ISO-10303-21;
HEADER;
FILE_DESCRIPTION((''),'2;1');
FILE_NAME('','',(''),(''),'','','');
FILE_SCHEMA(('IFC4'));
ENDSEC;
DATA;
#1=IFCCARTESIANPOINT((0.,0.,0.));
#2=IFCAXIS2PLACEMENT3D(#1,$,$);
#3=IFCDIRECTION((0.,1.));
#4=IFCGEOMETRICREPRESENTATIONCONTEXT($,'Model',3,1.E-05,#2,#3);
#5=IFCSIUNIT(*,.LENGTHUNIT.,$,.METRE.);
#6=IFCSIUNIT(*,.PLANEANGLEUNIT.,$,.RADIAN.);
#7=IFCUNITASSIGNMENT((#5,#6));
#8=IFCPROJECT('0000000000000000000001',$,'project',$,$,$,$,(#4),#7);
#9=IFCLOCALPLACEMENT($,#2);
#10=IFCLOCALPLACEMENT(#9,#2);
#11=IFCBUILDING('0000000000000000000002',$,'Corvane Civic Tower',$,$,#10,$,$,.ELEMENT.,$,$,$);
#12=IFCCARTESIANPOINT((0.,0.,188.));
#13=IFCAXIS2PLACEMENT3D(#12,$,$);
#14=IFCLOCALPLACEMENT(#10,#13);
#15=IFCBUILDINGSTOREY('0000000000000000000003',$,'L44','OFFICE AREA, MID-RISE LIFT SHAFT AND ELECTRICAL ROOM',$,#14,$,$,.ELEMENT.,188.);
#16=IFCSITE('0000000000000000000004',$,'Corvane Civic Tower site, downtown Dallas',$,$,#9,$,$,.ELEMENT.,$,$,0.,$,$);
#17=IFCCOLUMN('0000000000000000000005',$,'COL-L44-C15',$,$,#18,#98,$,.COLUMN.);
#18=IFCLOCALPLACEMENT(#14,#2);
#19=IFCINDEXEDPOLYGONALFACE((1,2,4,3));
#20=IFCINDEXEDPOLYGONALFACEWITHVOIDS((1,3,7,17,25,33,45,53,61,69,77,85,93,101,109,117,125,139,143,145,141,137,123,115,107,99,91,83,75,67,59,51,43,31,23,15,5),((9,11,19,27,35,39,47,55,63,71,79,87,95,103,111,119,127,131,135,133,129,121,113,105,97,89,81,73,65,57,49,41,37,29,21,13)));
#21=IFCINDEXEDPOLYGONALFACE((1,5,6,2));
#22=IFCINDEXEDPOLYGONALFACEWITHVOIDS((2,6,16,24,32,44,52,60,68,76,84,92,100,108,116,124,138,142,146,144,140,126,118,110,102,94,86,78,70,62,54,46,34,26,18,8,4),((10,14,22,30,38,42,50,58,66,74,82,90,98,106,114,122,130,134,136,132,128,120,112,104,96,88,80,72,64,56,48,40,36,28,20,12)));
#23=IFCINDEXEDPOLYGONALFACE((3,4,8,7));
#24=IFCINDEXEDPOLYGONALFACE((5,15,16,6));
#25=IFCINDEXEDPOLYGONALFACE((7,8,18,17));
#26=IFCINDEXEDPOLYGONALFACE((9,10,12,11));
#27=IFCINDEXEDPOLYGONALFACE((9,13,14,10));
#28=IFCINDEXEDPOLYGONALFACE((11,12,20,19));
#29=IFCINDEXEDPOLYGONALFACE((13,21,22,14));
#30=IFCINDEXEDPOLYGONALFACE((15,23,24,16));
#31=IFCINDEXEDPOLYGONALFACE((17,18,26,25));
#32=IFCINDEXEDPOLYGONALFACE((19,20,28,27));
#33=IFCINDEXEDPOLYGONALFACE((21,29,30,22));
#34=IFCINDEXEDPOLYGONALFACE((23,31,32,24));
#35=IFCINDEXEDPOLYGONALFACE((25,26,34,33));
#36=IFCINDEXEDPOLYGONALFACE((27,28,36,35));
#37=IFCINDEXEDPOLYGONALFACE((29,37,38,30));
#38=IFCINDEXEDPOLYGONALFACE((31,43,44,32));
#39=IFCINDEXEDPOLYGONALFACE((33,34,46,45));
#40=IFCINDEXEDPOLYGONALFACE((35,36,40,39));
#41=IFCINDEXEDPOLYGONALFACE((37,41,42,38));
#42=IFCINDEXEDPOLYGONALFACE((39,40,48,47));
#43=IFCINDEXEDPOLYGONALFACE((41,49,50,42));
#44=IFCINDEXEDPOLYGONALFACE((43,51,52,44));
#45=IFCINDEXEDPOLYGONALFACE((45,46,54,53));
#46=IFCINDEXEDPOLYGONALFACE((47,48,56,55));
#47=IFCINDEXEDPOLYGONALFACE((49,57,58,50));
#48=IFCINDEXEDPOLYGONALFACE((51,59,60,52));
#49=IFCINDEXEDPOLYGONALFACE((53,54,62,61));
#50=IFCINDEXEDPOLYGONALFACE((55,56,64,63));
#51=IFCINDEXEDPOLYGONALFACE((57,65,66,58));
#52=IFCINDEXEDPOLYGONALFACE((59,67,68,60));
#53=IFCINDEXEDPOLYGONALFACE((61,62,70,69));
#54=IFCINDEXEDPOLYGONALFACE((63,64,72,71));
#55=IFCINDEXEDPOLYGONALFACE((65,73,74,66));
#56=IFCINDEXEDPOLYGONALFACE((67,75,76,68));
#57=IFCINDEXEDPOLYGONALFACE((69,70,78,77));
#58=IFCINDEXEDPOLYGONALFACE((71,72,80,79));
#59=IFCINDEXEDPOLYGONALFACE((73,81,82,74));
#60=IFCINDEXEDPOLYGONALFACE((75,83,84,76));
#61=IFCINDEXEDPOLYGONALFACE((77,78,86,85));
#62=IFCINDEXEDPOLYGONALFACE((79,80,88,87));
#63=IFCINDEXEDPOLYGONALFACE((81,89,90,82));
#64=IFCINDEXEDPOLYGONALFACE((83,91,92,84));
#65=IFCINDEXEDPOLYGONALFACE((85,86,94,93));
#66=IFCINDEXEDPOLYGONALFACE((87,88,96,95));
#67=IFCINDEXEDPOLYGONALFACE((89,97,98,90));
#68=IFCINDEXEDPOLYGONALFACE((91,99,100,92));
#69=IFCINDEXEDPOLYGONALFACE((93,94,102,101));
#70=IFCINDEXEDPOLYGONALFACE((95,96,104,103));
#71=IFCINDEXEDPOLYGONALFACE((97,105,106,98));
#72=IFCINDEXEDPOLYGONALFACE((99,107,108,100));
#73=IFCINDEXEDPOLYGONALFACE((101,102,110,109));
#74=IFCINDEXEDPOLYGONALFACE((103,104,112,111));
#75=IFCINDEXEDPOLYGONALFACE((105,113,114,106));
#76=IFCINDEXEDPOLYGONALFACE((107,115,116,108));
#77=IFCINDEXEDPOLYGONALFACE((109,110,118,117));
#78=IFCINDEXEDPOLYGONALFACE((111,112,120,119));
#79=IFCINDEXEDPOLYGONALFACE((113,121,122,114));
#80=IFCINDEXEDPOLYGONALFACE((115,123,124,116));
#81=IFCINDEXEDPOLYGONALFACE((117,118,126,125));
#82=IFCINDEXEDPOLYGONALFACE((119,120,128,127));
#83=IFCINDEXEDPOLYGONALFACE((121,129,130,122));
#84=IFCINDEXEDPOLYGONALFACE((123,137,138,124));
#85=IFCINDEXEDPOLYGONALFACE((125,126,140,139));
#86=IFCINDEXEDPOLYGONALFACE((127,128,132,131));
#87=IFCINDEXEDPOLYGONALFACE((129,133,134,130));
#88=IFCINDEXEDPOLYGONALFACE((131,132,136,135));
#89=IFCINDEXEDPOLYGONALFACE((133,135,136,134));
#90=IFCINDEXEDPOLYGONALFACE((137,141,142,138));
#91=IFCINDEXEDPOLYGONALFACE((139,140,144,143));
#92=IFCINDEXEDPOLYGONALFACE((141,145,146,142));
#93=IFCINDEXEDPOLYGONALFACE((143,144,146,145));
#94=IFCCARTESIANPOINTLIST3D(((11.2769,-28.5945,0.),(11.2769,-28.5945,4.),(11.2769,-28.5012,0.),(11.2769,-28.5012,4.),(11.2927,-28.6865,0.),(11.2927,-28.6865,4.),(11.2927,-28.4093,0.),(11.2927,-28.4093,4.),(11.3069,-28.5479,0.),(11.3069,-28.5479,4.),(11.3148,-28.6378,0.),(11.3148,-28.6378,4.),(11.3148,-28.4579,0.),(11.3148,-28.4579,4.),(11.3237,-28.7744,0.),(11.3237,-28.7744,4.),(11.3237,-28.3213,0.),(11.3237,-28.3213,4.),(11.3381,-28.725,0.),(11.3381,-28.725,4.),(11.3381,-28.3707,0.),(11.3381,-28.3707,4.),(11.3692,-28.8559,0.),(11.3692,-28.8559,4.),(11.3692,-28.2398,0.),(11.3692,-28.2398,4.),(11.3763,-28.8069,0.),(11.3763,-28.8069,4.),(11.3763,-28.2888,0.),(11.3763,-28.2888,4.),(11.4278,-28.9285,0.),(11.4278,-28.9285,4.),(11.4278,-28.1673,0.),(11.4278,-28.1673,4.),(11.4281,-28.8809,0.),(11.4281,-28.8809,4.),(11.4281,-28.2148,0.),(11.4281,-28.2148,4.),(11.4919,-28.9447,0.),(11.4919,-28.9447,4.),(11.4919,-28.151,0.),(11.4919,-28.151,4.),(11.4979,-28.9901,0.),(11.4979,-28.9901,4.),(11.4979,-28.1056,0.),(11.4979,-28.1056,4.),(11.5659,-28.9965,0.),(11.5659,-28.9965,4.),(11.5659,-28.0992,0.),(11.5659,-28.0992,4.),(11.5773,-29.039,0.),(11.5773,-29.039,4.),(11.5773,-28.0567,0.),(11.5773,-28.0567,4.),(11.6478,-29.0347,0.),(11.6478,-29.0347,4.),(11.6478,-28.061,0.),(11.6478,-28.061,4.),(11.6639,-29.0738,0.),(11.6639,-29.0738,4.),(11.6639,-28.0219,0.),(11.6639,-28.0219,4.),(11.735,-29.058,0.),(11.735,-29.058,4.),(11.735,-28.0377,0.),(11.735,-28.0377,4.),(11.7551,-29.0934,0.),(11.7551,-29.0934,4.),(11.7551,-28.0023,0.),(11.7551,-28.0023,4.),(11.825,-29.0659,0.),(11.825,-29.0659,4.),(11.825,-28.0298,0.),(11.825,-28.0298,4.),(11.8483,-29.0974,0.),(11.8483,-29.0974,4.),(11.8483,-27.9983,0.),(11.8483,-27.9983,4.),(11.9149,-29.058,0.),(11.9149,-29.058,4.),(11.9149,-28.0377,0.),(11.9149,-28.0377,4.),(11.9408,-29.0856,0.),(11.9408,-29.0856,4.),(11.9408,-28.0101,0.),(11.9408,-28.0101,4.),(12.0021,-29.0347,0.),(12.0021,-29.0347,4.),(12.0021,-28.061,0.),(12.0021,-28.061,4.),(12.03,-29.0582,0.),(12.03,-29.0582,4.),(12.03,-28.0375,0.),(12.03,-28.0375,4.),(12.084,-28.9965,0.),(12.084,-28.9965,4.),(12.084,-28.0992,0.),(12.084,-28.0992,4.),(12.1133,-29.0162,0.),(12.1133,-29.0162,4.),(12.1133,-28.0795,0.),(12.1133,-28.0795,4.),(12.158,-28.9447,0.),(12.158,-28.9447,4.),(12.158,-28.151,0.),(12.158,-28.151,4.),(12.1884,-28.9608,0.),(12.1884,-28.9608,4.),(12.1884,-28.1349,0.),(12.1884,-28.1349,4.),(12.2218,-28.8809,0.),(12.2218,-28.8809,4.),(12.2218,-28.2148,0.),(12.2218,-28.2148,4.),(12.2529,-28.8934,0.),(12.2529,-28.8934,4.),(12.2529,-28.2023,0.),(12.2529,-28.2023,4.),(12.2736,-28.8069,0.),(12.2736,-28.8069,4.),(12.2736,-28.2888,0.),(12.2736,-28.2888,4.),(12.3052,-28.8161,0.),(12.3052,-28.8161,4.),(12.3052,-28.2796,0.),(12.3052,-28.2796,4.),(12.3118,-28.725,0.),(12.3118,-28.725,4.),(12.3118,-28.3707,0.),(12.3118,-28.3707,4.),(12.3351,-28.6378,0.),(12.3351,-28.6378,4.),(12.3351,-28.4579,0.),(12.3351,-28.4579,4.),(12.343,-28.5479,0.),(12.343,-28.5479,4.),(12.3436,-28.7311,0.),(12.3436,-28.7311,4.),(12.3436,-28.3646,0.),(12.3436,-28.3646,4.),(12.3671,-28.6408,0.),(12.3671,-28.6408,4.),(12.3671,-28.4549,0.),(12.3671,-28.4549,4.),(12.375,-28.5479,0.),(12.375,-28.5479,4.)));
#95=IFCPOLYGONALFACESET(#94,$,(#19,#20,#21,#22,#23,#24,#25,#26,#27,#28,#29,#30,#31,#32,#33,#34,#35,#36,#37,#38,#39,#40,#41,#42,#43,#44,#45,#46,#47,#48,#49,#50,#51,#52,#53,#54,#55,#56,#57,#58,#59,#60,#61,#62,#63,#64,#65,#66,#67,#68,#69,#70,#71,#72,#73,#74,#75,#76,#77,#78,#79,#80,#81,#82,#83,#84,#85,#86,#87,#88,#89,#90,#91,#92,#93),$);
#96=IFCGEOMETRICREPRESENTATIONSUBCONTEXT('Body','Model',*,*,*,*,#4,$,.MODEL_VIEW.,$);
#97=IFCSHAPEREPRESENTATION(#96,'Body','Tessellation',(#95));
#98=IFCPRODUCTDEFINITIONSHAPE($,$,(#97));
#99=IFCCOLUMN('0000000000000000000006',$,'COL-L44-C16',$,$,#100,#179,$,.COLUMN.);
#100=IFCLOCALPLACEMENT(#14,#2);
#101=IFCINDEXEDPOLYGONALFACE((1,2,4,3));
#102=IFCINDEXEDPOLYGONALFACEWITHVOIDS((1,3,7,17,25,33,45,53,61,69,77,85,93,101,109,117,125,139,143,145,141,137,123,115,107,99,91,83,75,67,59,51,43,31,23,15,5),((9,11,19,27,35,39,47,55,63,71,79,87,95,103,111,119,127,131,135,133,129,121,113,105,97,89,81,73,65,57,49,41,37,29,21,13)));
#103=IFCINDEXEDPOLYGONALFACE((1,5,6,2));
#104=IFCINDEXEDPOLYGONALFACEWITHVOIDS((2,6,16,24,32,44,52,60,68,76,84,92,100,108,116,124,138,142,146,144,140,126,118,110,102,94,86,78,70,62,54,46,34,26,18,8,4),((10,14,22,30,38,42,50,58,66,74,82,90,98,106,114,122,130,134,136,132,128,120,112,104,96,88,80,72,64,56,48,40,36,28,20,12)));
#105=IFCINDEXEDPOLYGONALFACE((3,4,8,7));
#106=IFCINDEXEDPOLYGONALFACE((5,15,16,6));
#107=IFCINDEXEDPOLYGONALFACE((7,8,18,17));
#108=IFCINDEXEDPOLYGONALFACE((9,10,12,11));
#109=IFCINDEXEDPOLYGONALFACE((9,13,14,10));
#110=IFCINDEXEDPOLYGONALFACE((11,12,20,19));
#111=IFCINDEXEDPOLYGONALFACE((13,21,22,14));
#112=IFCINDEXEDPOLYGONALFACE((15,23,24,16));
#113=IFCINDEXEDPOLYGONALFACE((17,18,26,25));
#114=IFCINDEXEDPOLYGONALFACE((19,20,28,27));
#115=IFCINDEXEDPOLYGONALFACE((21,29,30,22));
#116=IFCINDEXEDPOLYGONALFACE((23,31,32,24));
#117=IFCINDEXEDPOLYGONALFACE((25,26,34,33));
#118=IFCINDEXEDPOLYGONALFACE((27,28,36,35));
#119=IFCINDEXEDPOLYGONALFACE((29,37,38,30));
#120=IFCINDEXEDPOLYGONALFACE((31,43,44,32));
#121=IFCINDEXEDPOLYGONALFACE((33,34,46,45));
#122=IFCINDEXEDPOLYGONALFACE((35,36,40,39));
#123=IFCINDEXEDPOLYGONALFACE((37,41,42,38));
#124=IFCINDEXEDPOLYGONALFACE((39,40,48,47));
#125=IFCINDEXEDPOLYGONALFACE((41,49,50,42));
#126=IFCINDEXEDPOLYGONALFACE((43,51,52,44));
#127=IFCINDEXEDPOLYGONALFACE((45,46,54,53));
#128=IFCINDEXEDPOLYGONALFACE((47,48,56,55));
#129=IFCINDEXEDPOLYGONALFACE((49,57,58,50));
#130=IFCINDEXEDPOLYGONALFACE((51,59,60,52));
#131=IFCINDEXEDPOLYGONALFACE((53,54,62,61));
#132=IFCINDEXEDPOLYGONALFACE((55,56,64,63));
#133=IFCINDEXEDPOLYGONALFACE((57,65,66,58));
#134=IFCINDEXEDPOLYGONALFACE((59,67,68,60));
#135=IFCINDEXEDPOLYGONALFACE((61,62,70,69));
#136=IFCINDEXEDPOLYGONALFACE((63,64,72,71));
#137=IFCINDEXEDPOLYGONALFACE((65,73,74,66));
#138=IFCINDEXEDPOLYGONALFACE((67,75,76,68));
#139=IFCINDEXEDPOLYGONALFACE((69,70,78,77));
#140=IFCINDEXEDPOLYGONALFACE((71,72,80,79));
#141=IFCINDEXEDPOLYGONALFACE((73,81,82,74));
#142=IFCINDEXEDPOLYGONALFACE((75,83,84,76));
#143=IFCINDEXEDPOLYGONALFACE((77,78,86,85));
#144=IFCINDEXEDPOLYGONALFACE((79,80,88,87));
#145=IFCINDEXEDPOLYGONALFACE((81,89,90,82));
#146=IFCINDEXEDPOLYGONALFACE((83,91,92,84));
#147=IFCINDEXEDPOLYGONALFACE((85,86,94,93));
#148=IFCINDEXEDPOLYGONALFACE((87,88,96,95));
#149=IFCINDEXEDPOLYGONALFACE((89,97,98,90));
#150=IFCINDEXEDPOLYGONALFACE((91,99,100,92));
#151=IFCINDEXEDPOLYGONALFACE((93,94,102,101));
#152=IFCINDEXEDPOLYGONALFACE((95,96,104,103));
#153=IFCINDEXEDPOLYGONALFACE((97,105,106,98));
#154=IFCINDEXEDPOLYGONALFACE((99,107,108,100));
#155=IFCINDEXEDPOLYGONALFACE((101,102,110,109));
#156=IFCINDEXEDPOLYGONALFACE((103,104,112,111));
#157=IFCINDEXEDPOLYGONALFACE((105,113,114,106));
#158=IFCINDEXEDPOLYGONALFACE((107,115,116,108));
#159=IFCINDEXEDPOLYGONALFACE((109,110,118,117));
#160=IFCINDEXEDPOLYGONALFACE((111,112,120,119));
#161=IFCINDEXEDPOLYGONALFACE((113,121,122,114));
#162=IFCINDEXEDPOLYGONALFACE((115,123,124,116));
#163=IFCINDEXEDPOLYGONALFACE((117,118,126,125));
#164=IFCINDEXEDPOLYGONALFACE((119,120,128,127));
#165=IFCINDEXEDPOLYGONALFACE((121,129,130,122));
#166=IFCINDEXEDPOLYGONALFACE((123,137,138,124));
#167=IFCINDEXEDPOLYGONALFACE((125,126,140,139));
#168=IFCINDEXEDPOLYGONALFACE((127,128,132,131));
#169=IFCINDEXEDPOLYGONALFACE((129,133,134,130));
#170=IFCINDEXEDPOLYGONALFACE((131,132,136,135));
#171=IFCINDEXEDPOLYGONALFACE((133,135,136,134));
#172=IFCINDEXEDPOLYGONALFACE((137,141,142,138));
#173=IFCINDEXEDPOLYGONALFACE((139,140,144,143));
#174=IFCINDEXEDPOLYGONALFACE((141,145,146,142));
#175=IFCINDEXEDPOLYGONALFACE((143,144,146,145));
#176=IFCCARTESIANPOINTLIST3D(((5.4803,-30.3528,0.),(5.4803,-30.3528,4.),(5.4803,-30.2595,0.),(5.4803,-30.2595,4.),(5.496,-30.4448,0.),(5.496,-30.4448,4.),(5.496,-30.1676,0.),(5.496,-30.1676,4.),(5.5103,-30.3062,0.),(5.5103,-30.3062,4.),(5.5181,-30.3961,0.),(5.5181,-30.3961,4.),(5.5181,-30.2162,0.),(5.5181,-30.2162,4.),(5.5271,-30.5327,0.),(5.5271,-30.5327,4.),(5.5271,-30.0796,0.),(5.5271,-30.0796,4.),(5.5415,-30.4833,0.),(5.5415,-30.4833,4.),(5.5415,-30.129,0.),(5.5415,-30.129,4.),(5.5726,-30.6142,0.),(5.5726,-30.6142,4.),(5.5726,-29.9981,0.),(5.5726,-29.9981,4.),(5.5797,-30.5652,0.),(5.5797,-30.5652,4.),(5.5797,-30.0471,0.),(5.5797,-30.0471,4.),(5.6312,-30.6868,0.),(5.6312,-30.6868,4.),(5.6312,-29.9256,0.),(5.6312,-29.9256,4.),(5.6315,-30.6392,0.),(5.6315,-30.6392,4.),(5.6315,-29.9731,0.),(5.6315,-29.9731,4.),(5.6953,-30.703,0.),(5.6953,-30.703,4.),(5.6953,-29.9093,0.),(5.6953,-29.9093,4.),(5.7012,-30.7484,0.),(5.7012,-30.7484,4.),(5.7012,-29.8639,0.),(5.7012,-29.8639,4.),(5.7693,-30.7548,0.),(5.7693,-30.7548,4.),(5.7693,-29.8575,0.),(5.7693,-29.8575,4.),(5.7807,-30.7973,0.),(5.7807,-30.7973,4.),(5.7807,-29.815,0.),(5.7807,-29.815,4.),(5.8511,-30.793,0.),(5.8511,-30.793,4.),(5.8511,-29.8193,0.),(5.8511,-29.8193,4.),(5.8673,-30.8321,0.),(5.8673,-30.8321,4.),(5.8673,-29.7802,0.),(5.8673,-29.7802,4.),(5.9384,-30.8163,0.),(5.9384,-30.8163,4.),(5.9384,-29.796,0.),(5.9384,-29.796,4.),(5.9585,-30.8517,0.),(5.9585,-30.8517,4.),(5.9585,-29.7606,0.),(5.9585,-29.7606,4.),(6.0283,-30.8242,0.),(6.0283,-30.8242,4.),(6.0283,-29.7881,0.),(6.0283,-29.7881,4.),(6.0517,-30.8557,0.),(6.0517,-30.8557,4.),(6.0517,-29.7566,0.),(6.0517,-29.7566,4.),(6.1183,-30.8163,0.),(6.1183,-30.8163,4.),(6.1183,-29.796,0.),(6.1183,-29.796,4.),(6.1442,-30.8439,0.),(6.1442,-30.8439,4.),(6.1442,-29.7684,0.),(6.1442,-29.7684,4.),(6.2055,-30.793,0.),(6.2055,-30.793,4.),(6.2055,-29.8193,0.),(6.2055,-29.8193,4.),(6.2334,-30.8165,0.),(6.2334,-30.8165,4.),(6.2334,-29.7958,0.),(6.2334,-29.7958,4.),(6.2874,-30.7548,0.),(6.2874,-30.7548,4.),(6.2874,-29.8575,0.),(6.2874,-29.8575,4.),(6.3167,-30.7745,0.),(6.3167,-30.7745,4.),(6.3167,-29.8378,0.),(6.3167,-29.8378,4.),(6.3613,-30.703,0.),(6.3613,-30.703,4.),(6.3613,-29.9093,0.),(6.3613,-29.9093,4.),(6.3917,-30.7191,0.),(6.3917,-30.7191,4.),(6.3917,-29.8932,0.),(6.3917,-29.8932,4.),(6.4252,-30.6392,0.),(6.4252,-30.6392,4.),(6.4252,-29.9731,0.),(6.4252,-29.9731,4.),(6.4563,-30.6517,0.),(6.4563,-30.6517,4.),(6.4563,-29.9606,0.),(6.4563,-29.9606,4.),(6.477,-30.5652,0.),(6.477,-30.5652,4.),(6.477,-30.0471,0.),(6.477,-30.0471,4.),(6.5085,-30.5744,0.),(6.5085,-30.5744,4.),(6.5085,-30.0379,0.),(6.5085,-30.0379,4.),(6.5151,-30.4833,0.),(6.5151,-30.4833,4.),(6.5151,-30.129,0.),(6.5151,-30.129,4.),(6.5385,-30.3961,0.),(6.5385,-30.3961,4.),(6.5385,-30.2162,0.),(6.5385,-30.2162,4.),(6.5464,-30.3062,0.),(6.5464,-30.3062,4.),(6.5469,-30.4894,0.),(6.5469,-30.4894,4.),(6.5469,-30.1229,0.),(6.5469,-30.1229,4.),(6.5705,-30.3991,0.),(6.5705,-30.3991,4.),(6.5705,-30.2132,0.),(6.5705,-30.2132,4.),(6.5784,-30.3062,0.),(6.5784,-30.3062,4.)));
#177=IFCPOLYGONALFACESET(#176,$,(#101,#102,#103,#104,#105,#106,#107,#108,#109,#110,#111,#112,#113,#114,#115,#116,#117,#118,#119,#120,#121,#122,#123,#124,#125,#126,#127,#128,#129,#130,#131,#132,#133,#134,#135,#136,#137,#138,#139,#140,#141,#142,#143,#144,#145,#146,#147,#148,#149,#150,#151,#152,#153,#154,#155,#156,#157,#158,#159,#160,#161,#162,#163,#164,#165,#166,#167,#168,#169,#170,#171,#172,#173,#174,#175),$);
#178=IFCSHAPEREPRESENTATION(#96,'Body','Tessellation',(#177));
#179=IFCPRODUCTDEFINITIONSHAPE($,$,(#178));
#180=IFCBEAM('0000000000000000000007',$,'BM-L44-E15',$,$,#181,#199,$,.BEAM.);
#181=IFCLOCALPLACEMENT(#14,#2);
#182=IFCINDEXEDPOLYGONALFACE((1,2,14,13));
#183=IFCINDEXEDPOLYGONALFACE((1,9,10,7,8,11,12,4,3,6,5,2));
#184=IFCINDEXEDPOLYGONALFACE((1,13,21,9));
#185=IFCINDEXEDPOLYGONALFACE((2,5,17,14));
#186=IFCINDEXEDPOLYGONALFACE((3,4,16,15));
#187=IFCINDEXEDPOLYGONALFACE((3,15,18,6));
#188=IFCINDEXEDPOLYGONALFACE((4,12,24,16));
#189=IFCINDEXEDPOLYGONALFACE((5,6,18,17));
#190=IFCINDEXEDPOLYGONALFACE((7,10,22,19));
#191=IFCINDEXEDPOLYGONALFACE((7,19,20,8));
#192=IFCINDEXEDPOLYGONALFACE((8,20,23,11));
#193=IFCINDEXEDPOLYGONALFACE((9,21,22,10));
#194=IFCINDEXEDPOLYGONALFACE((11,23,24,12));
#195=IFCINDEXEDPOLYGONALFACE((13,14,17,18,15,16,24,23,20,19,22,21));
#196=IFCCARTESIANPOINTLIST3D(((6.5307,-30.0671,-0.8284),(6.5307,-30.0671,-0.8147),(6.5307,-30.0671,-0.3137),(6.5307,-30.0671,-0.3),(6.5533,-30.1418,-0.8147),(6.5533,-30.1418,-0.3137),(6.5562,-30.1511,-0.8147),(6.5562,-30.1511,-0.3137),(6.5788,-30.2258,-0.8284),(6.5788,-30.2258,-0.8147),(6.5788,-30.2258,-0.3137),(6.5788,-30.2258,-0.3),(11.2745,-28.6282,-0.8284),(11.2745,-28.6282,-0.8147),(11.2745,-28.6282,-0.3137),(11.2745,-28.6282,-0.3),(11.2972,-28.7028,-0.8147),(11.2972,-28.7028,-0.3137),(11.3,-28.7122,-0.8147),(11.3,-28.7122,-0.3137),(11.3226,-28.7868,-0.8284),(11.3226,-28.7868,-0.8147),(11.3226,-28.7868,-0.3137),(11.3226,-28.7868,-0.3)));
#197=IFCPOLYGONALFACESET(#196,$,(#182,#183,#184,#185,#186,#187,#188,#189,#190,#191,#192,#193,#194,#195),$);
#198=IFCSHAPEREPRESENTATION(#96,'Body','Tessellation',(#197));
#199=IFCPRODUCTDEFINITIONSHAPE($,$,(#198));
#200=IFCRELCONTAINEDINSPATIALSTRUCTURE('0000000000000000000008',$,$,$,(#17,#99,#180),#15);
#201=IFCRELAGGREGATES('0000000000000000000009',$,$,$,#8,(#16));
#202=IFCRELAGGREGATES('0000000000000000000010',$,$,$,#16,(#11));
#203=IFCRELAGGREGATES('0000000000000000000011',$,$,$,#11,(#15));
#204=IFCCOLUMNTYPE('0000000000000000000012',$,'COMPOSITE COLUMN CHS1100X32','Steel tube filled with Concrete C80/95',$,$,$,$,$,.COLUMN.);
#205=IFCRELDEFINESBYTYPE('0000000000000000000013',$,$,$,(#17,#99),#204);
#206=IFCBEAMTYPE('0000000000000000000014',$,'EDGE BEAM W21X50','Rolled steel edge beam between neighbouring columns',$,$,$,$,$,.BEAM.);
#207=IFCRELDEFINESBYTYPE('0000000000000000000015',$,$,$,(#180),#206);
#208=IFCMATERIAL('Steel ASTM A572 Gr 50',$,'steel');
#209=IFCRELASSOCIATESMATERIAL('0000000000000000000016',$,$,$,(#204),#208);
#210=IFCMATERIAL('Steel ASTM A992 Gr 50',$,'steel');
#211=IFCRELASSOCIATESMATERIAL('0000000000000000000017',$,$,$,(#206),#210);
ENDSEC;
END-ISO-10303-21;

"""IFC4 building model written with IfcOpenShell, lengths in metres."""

from ifc_helpers import new_model, si_unit, direction, frame, origin, origin_2d, place, context, subcontext, project, spatial, hollow_circle, i_section, extrude, material, material_profile, profile_set, type_object, element, save


model = new_model("IFC4")

# Units and contexts
model_context = context("Model", 3, precision=1e-05, world=origin(), true_north=direction((0.0, 1.0)))
body_context = subcontext(model_context, "Body", "Model", "MODEL_VIEW")
ifc_project = project(units=[si_unit("LENGTHUNIT", "METRE"), si_unit("PLANEANGLEUNIT", "RADIAN")], contexts=[model_context])

# Site, building, storey
site_placement = place(None, origin())
site = spatial("IfcSite", under=ifc_project, at=site_placement, Name="Corvane Civic Tower site, downtown Dallas", CompositionType="ELEMENT", RefElevation=0.0)
building_placement = place(site_placement, origin())
building = spatial("IfcBuilding", under=site, at=building_placement, Name="Corvane Civic Tower", CompositionType="ELEMENT")
storey_placement = place(building_placement, frame((0.0, 0.0, 188.0)))
storey = spatial("IfcBuildingStorey", under=building, at=storey_placement, Name="L44", Description="OFFICE AREA, MID-RISE LIFT SHAFT AND ELECTRICAL ROOM", CompositionType="ELEMENT", Elevation=188.0)

# Columns
ifc_material_1 = material(Name="Steel ASTM A572 Gr 50", Category="steel")
ifc_material_profile_1 = material_profile(ifc_material_1, hollow_circle(Radius=0.55, WallThickness=0.032, at=origin_2d()), Name="CHS1100X32")
ifc_profile_set_1 = profile_set([ifc_material_profile_1], Name="Steel ASTM A572 Gr 50")
column_type = type_object("IfcColumnType", Name="COMPOSITE COLUMN CHS1100X32", Description="Steel tube filled with Concrete C80/95", PredefinedType="COLUMN", material=ifc_profile_set_1)
for number, where, z_axis, x_axis, name in (
    (1, (11.825, -28.5479, 0.0), (0.0, 0.0, 1.0), (1.0, 0.0, 0.0), "COL-L44-C15"),
    (2, (6.0283, -30.3062, 0.0), (0.0, 0.0, 1.0), (1.0, 0.0, 0.0), "COL-L44-C16"),
):
    element("IfcColumn", number, at=place(storey_placement, frame(where, z_axis=z_axis, x_axis=x_axis)), inside=storey, type_object=column_type, Name=name, PredefinedType="COLUMN", context=body_context, shape_type="SweptSolid", body=[
        extrude(hollow_circle(Radius=0.55, WallThickness=0.032, at=origin_2d()), origin(), (0.0, 0.0, 1.0), 4.0),
    ])

# Beam
ifc_material_2 = material(Name="Steel ASTM A992 Gr 50", Category="steel")
ifc_material_profile_2 = material_profile(ifc_material_2, i_section(OverallWidth=0.1658, OverallDepth=0.5283, WebThickness=0.0098, FlangeThickness=0.0137, at=origin_2d()), Name="W21X50")
ifc_profile_set_2 = profile_set([ifc_material_profile_2], Name="Steel ASTM A992 Gr 50")
beam_type_1 = type_object("IfcBeamType", Name="EDGE BEAM W21X50", Description="Rolled steel edge beam between neighbouring columns", PredefinedType="BEAM", material=ifc_profile_set_2)
beam_1_placement = place(storey_placement, frame((11.2986, -28.7075, -0.5642), z_axis=(-0.956945, -0.29027, 0.0), x_axis=(0.29027, -0.956945, 0.0)))
element("IfcBeam", 3, at=beam_1_placement, inside=storey, type_object=beam_type_1, Name="BM-L44-E15", PredefinedType="BEAM", context=body_context, shape_type="SweptSolid", body=[
    extrude(i_section(OverallWidth=0.1658, OverallDepth=0.5283, WebThickness=0.0098, FlangeThickness=0.0137, at=origin_2d()), origin(), (0.0, 0.0, 1.0), 4.9573),
])

save(model, "model.ifc")
